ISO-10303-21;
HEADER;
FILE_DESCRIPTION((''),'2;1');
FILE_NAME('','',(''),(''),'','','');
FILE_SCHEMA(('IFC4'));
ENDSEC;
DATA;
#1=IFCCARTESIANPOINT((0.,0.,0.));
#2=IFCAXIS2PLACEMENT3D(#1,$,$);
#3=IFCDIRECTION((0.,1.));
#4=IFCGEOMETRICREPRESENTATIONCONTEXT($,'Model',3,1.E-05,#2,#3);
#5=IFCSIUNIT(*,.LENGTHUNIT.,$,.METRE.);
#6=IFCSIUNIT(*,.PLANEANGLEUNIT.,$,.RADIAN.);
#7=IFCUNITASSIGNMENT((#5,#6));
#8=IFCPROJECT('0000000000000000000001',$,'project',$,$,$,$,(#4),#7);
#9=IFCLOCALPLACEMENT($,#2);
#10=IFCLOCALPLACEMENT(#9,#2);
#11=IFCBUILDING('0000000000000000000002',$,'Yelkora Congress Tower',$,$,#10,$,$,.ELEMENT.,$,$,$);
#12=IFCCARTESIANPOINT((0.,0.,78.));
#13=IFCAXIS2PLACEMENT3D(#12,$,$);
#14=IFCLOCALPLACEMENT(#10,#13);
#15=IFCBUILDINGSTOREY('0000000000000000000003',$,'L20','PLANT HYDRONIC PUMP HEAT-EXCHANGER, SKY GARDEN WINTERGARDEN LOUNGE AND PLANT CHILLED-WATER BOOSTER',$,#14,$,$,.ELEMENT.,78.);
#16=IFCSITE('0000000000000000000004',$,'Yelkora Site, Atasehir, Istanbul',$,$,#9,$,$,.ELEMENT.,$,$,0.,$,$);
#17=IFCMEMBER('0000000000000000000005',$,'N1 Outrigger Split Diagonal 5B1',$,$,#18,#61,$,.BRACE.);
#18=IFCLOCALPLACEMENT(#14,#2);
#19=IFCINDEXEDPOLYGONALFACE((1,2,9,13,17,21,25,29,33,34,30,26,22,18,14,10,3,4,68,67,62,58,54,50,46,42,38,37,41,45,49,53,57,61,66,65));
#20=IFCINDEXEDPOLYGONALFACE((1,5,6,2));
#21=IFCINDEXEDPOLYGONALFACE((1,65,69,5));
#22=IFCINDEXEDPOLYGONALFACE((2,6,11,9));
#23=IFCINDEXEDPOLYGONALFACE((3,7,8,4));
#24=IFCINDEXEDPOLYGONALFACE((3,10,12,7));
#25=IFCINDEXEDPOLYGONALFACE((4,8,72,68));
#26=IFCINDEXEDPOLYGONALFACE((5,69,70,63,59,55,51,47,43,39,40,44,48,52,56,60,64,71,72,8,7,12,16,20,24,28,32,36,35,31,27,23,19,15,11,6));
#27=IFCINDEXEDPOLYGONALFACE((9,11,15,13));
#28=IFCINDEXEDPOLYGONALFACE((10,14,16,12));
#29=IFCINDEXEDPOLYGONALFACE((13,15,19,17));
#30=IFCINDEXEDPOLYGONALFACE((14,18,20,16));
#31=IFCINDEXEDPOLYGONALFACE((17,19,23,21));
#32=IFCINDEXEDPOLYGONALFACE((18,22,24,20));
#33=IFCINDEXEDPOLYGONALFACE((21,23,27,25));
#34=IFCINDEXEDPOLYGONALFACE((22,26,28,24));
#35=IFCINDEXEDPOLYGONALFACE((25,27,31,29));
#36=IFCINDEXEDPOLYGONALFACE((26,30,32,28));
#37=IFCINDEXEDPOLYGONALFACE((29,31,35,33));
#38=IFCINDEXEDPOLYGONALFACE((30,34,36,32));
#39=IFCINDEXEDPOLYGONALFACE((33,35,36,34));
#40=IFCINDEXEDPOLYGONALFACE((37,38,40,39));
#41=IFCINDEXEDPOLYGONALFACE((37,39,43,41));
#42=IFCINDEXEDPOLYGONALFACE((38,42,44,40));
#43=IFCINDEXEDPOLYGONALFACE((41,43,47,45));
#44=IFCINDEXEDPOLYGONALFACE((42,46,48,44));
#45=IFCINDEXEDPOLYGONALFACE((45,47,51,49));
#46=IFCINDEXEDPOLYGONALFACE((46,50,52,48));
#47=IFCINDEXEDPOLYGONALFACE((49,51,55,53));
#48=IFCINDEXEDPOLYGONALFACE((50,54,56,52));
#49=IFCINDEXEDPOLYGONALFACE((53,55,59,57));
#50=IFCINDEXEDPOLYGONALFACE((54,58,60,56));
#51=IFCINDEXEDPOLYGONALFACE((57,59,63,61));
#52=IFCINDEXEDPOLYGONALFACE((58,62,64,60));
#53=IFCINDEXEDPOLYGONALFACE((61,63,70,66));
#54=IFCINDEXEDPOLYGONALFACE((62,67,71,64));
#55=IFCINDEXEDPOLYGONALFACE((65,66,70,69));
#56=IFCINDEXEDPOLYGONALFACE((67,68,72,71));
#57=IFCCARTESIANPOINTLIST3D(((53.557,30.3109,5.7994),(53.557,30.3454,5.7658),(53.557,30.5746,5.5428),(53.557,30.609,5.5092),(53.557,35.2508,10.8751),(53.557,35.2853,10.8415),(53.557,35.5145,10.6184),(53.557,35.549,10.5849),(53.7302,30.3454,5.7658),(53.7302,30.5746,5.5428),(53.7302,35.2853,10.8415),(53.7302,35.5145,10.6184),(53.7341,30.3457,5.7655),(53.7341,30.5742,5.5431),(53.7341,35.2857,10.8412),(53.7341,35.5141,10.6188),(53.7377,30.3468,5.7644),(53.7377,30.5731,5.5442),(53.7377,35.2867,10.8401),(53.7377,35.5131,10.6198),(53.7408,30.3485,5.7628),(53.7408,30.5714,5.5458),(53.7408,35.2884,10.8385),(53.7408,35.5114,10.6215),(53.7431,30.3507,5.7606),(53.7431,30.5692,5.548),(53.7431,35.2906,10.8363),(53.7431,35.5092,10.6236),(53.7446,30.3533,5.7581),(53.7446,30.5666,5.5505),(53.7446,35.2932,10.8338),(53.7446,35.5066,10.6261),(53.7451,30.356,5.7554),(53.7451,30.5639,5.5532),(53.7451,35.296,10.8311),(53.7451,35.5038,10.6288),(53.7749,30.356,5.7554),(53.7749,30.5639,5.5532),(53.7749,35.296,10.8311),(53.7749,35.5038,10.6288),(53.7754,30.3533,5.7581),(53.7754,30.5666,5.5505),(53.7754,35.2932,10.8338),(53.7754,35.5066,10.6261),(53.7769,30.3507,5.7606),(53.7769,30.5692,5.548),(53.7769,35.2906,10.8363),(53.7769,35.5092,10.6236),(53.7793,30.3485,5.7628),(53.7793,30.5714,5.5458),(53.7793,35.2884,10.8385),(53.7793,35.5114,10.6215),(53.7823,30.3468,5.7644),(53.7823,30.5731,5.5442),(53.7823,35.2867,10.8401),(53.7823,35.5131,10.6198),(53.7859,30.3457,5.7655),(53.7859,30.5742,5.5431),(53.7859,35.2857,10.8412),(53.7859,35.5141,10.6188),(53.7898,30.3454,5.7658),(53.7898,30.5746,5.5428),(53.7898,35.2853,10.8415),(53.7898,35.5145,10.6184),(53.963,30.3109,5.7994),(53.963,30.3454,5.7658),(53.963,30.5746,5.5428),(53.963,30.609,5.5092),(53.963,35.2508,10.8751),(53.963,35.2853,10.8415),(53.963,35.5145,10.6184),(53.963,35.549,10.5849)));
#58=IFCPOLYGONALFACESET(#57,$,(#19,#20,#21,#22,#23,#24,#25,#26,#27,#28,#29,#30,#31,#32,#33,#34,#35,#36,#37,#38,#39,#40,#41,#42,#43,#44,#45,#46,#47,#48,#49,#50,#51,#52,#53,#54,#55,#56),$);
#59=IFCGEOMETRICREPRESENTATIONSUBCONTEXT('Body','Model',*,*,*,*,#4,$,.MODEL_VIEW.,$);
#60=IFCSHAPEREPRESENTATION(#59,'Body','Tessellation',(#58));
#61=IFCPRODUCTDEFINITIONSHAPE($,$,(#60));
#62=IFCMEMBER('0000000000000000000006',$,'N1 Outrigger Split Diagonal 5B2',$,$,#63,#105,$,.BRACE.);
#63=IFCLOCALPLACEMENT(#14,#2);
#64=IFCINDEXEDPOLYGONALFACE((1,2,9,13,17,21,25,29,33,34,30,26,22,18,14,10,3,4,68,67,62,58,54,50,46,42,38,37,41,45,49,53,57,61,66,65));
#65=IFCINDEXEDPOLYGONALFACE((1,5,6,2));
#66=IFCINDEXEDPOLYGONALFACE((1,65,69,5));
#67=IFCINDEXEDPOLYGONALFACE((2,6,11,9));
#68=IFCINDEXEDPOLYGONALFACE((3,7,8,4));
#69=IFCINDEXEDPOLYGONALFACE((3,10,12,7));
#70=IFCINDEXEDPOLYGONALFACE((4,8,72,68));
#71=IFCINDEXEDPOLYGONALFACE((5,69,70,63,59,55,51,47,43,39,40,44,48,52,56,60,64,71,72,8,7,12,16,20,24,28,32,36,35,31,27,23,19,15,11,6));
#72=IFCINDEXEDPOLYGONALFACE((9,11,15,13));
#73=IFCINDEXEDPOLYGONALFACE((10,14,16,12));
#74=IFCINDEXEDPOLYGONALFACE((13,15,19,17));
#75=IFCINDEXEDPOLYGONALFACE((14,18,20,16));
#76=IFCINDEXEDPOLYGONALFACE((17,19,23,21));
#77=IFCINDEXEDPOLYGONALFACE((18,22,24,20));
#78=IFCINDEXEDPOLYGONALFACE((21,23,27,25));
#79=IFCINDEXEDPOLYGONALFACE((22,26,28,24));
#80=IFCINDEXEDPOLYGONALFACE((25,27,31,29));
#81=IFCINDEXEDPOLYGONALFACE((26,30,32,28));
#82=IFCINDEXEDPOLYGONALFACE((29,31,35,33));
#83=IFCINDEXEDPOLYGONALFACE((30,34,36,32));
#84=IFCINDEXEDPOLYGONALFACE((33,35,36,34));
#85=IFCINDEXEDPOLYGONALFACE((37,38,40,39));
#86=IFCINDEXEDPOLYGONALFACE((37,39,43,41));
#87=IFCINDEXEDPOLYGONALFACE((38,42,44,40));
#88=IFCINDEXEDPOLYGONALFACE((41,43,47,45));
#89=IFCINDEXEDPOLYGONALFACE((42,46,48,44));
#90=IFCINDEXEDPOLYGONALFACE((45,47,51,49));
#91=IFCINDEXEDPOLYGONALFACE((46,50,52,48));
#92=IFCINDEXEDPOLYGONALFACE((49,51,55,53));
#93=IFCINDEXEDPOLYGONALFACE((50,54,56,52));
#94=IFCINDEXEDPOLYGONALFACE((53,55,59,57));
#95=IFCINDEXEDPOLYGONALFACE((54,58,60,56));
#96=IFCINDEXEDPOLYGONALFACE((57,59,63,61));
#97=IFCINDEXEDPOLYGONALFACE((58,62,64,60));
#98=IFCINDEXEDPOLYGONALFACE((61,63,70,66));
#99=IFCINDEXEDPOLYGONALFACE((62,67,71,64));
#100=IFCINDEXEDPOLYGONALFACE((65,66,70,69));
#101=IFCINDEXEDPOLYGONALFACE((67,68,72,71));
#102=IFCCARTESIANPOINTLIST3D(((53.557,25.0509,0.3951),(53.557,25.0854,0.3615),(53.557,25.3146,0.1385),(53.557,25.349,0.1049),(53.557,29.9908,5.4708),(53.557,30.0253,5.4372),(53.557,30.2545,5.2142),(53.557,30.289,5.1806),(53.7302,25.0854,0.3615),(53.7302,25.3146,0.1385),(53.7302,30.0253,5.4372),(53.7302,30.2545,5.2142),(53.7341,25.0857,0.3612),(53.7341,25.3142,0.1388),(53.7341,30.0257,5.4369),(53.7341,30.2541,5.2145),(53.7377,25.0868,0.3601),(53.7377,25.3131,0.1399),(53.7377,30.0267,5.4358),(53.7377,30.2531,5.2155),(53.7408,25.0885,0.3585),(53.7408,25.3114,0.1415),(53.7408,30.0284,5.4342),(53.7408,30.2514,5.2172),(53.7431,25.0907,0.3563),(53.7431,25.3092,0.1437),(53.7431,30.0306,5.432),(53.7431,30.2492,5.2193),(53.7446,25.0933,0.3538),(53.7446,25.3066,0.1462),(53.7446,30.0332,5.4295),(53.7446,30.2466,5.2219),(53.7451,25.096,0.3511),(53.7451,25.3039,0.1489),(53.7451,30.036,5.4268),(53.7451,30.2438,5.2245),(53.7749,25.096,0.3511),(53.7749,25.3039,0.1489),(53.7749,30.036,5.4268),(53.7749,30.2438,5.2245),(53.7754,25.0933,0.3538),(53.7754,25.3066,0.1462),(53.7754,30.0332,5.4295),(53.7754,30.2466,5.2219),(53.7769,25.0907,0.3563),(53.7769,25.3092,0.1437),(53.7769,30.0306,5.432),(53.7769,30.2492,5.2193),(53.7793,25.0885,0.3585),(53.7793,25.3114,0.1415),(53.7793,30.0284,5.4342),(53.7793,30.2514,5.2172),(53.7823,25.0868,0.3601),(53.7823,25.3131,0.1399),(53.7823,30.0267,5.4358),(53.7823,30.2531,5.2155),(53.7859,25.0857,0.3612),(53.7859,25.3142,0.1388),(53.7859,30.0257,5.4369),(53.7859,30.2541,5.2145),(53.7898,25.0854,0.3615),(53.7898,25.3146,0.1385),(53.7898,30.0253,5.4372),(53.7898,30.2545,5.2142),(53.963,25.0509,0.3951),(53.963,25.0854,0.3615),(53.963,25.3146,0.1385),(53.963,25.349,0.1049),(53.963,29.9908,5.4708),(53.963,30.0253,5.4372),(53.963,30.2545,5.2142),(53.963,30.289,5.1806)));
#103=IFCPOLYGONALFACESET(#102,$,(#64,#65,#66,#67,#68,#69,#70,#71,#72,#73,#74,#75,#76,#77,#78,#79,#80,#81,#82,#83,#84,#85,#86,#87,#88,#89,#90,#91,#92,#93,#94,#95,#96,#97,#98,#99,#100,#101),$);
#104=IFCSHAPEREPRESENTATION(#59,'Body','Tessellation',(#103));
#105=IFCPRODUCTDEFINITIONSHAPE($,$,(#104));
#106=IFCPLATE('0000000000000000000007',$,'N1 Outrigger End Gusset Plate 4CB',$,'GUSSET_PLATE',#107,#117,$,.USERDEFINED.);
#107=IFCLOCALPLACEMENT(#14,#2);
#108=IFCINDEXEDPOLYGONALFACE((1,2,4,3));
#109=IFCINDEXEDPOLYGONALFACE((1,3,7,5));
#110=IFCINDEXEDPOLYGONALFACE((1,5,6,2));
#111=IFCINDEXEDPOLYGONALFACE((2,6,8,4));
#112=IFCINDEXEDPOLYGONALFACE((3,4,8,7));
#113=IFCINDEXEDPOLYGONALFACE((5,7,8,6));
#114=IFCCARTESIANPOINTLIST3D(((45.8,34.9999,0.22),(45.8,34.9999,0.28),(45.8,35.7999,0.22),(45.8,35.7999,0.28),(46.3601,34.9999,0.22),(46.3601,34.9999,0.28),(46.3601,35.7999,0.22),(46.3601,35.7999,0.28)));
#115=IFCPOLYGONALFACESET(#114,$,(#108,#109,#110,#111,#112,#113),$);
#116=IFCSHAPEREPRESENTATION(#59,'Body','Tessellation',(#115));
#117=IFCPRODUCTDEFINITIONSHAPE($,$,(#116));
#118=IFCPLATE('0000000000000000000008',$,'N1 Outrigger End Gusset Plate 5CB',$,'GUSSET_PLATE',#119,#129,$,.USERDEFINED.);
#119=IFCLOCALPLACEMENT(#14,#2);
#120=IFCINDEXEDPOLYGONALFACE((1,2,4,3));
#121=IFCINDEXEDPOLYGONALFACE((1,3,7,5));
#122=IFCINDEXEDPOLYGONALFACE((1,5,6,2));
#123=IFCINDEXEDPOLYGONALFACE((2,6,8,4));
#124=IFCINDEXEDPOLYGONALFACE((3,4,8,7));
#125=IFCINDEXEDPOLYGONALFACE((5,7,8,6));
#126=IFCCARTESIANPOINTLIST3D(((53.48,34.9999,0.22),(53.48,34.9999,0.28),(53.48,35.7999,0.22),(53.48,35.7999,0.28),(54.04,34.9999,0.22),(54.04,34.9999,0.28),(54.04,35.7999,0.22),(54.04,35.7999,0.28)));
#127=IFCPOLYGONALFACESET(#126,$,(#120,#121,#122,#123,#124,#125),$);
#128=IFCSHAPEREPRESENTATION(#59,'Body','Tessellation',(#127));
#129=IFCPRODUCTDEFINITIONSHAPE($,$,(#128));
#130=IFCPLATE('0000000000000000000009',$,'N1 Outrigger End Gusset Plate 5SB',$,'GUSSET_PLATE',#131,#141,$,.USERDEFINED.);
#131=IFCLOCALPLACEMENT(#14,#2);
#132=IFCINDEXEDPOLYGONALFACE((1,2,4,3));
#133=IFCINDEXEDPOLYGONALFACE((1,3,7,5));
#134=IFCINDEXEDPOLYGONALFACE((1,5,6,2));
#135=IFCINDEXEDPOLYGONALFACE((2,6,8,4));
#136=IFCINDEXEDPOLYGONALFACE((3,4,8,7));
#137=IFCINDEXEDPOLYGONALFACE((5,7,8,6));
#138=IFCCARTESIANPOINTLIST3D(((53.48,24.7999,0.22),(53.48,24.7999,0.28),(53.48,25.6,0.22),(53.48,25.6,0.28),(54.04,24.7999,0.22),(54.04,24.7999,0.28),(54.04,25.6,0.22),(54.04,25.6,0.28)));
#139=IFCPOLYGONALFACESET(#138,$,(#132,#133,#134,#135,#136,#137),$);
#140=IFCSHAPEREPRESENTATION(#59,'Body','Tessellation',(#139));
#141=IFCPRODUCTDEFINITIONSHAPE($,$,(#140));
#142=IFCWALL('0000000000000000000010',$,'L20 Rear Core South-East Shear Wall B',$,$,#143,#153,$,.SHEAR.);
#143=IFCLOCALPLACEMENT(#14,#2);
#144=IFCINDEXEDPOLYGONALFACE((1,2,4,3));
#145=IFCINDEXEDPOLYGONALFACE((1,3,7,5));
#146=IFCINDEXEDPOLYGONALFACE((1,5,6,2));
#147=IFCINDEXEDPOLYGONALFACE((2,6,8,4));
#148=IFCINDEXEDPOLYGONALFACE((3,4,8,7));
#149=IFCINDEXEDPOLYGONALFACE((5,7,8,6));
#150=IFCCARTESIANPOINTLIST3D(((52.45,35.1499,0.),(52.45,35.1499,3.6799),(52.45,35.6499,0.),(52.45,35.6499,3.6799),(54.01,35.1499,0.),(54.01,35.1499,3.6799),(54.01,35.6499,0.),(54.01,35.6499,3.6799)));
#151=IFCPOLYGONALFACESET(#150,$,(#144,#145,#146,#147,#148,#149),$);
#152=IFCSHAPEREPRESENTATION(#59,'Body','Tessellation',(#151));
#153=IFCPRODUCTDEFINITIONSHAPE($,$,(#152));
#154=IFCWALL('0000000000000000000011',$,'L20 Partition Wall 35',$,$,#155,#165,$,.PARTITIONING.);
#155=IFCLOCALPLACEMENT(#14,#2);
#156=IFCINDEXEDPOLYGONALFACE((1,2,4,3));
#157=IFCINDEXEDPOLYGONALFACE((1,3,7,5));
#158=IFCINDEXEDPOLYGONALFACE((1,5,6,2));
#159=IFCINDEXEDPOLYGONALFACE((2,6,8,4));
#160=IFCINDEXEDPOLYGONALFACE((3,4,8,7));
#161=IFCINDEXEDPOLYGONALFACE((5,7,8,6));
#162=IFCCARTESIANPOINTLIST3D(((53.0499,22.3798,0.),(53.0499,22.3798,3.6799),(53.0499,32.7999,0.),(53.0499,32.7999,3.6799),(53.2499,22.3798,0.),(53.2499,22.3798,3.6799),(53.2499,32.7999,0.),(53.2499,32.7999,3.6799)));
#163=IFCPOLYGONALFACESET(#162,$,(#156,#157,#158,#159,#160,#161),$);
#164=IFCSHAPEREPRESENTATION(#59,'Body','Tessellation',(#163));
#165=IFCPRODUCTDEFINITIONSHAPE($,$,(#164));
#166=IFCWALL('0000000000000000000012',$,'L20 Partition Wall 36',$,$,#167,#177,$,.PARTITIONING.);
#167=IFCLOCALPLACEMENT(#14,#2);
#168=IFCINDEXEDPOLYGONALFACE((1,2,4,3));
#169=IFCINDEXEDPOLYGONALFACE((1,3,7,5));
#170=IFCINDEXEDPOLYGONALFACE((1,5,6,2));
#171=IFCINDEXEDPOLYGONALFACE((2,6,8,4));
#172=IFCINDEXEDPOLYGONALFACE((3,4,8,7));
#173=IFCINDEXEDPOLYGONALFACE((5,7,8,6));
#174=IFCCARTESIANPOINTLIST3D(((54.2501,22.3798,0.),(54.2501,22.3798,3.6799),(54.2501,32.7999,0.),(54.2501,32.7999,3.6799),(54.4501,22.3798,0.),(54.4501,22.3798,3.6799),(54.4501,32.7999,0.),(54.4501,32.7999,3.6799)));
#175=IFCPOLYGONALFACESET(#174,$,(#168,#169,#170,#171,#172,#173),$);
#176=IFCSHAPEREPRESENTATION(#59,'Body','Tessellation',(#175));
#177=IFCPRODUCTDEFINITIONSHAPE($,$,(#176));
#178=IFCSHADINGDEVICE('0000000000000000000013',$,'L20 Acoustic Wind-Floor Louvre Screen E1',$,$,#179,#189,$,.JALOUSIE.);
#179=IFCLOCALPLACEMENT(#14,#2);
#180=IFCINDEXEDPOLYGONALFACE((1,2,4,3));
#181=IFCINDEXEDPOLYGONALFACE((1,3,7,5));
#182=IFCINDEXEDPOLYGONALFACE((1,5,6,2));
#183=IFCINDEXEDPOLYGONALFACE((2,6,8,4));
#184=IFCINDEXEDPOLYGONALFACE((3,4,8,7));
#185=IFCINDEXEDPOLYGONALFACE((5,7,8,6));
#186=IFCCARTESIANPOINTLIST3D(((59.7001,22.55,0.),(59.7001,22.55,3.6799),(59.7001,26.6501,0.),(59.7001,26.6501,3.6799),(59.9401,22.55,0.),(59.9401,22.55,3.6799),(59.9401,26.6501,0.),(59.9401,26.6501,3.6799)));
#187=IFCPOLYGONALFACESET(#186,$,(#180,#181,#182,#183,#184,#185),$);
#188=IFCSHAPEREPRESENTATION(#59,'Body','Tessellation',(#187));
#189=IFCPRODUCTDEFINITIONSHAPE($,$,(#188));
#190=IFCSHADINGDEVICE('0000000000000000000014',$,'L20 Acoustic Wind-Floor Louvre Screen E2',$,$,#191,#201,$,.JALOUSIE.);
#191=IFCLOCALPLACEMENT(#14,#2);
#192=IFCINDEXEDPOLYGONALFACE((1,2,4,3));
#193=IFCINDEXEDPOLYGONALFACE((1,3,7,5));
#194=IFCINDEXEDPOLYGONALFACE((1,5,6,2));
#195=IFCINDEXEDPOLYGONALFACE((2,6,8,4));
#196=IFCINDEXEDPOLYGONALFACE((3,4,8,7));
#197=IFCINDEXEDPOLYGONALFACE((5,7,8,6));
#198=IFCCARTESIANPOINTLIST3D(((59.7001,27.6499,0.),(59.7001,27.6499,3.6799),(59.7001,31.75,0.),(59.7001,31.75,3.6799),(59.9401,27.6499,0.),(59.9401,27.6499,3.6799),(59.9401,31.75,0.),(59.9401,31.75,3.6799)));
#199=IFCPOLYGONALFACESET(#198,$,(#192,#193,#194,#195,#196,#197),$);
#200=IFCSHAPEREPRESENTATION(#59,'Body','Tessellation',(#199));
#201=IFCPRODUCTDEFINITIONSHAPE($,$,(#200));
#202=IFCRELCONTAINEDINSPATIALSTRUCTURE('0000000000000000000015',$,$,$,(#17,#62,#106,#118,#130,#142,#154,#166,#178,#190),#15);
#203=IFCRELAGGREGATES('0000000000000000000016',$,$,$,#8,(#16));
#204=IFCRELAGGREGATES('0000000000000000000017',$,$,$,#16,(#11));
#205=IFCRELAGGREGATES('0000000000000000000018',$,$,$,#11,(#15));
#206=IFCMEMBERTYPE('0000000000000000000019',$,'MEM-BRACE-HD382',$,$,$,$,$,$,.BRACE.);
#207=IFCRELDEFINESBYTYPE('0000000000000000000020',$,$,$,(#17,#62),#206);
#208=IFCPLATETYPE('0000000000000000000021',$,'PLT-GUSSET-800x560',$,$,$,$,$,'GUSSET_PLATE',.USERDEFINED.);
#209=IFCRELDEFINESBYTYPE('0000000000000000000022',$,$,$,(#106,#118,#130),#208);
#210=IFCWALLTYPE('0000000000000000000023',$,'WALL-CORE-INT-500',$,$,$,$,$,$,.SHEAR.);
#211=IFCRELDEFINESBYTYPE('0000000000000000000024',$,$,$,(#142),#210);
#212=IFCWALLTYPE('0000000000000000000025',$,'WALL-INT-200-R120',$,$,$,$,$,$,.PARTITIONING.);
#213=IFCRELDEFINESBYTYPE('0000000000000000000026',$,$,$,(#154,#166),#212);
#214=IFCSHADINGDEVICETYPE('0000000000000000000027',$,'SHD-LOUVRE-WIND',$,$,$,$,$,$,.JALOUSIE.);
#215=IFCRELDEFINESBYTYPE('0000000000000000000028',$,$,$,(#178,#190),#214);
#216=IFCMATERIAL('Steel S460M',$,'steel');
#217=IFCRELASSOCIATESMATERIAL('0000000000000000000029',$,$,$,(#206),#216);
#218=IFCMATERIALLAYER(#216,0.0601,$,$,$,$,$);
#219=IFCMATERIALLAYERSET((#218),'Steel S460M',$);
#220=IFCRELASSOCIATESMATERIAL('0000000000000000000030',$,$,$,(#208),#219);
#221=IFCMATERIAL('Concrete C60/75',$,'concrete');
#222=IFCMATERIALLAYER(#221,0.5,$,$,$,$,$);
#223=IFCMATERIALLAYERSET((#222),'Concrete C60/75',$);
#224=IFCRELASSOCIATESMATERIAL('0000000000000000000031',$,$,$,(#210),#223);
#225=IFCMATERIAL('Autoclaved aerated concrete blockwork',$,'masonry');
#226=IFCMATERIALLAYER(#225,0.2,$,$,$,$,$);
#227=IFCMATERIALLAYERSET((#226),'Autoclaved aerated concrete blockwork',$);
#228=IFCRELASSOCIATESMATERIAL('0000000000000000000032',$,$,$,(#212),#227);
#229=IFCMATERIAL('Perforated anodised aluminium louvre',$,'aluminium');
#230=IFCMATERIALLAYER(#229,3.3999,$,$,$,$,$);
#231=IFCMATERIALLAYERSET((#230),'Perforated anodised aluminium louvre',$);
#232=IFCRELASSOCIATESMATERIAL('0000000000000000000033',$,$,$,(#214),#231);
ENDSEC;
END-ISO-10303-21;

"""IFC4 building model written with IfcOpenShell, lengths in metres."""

from ifc_helpers import new_model, si_unit, direction, frame, frame_2d, origin, origin_2d, place, context, subcontext, project, spatial, rectangle, i_section, extrude, material, layer, layer_set, material_profile, profile_set, type_object, element, save


model = new_model("IFC4")

# Units and contexts
model_context = context("Model", 3, precision=1e-05, world=origin(), true_north=direction((0.0, 1.0)))
body_context = subcontext(model_context, "Body", "Model", "MODEL_VIEW")
ifc_project = project(units=[si_unit("LENGTHUNIT", "METRE"), si_unit("PLANEANGLEUNIT", "RADIAN")], contexts=[model_context])

# Site, building, storey
site_placement = place(None, origin())
site = spatial("IfcSite", under=ifc_project, at=site_placement, Name="Yelkora Site, Atasehir, Istanbul", CompositionType="ELEMENT", RefElevation=0.0)
building_placement = place(site_placement, origin())
building = spatial("IfcBuilding", under=site, at=building_placement, Name="Yelkora Congress Tower", CompositionType="ELEMENT")
storey_placement = place(building_placement, frame((0.0, 0.0, 78.0)))
storey = spatial("IfcBuildingStorey", under=building, at=storey_placement, Name="L20", Description="PLANT HYDRONIC PUMP HEAT-EXCHANGER, SKY GARDEN WINTERGARDEN LOUNGE AND PLANT CHILLED-WATER BOOSTER", CompositionType="ELEMENT", Elevation=78.0)

# Shared definitions
ifc_material_1 = material(Name="Concrete C60/75", Category="concrete")

# Shared definitions
ifc_material_2 = material(Name="Steel S460M", Category="steel")

# Members
ifc_material_profile_1 = material_profile(ifc_material_2, i_section(OverallWidth=0.406, OverallDepth=0.416, WebThickness=0.0298, FlangeThickness=0.0481, FilletRadius=0.0149, at=origin_2d()), Name="HD 400x382")
ifc_profile_set_1 = profile_set([ifc_material_profile_1], Name="Steel S460M")
member_type_1 = type_object("IfcMemberType", Name="MEM-BRACE-HD382", PredefinedType="BRACE", material=ifc_profile_set_1)
for number, where, z_axis, x_axis, name in (
    (1, (53.76, 35.3999, 10.73), (0.0, -0.697459, -0.716624), (1.0, 0.0, 0.0), "N1 Outrigger Split Diagonal 5B1"),
    (2, (53.76, 30.1399, 5.3257), (0.0, -0.697459, -0.716624), (1.0, 0.0, 0.0), "N1 Outrigger Split Diagonal 5B2"),
):
    element("IfcMember", number, at=place(storey_placement, frame(where, z_axis=z_axis, x_axis=x_axis)), inside=storey, type_object=member_type_1, Name=name, PredefinedType="BRACE", context=body_context, shape_type="SweptSolid", body=[
        extrude(i_section(OverallWidth=0.406, OverallDepth=0.416, WebThickness=0.0298, FlangeThickness=0.0481, FilletRadius=0.0149, at=origin_2d()), origin(), (0.0, 0.0, 1.0), 7.0828),
    ])

# Plates
ifc_layer_1 = layer(ifc_material_2, 0.0601)
ifc_layer_set_1 = layer_set([ifc_layer_1], Name="Steel S460M")
plate_type = type_object("IfcPlateType", Name="PLT-GUSSET-800x560", ElementType="GUSSET_PLATE", PredefinedType="USERDEFINED", material=ifc_layer_set_1)
for number, where, z_axis, x_axis, name in (
    (3, (46.0801, 35.3999, 0.22), (0.0, 0.0, 1.0), (0.0, 1.0, 0.0), "N1 Outrigger End Gusset Plate 4CB"),
    (4, (53.76, 35.3999, 0.22), (0.0, 0.0, 1.0), (0.0, 1.0, 0.0), "N1 Outrigger End Gusset Plate 5CB"),
    (5, (53.76, 25.2, 0.22), (0.0, 0.0, 1.0), (0.0, 1.0, 0.0), "N1 Outrigger End Gusset Plate 5SB"),
):
    element("IfcPlate", number, at=place(storey_placement, frame(where, z_axis=z_axis, x_axis=x_axis)), inside=storey, type_object=plate_type, Name=name, ObjectType="GUSSET_PLATE", PredefinedType="USERDEFINED", context=body_context, shape_type="SweptSolid", body=[
        extrude(rectangle(XDim=0.8, YDim=0.5601, at=origin_2d()), origin(), (0.0, 0.0, 1.0), 0.0601),
    ])

# Wall
ifc_layer_2 = layer(ifc_material_1, 0.5)
ifc_layer_set_2 = layer_set([ifc_layer_2], Name="Concrete C60/75")
wall_type_1 = type_object("IfcWallType", Name="WALL-CORE-INT-500", PredefinedType="SHEAR", material=ifc_layer_set_2)
wall_1_placement = place(storey_placement, frame((52.45, 35.3999, 0.0), z_axis=(0.0, 0.0, 1.0), x_axis=(1.0, 0.0, 0.0)))
element("IfcWall", 6, at=wall_1_placement, inside=storey, type_object=wall_type_1, Name="L20 Rear Core South-East Shear Wall B", PredefinedType="SHEAR", context=body_context, shape_type="SweptSolid", body=[
    extrude(rectangle(XDim=1.5601, YDim=0.5, at=frame_2d((0.78, 0.0))), origin(), (0.0, 0.0, 1.0), 3.6799),
])

# Shared definitions
ifc_material_3 = material(Name="Autoclaved aerated concrete blockwork", Category="masonry")
ifc_layer_3 = layer(ifc_material_3, 0.2)
ifc_layer_set_3 = layer_set([ifc_layer_3], Name="Autoclaved aerated concrete blockwork")
wall_type_2 = type_object("IfcWallType", Name="WALL-INT-200-R120", PredefinedType="PARTITIONING", material=ifc_layer_set_3)

# Walls
for number, where, z_axis, x_axis, name in (
    (7, (53.1499, 22.3799, 0.0), (0.0, 0.0, 1.0), (0.0, 1.0, 0.0), "L20 Partition Wall 35"),
    (8, (54.3501, 22.3799, 0.0), (0.0, 0.0, 1.0), (0.0, 1.0, 0.0), "L20 Partition Wall 36"),
):
    element("IfcWall", number, at=place(storey_placement, frame(where, z_axis=z_axis, x_axis=x_axis)), inside=storey, type_object=wall_type_2, Name=name, PredefinedType="PARTITIONING", context=body_context, shape_type="SweptSolid", body=[
        extrude(rectangle(XDim=10.4202, YDim=0.2, at=frame_2d((5.21, 0.0))), origin(), (0.0, 0.0, 1.0), 3.6799),
    ])

# Shading devices
ifc_material_4 = material(Name="Perforated anodised aluminium louvre", Category="aluminium")
ifc_layer_4 = layer(ifc_material_4, 3.3999)
ifc_layer_set_4 = layer_set([ifc_layer_4], Name="Perforated anodised aluminium louvre")
shading_device_type = type_object("IfcShadingDeviceType", Name="SHD-LOUVRE-WIND", PredefinedType="JALOUSIE", material=ifc_layer_set_4)
for number, where, z_axis, x_axis, name in (
    (9, (59.8201, 24.6001, 0.0), (0.0, 0.0, 1.0), (1.0, 0.0, 0.0), "L20 Acoustic Wind-Floor Louvre Screen E1"),
    (10, (59.8201, 29.7, 0.0), (0.0, 0.0, 1.0), (1.0, 0.0, 0.0), "L20 Acoustic Wind-Floor Louvre Screen E2"),
):
    element("IfcShadingDevice", number, at=place(storey_placement, frame(where, z_axis=z_axis, x_axis=x_axis)), inside=storey, type_object=shading_device_type, Name=name, PredefinedType="JALOUSIE", context=body_context, shape_type="SweptSolid", body=[
        extrude(rectangle(XDim=0.24, YDim=4.1001, at=origin_2d()), origin(), (0.0, 0.0, 1.0), 3.6799),
    ])

save(model, "model.ifc")
